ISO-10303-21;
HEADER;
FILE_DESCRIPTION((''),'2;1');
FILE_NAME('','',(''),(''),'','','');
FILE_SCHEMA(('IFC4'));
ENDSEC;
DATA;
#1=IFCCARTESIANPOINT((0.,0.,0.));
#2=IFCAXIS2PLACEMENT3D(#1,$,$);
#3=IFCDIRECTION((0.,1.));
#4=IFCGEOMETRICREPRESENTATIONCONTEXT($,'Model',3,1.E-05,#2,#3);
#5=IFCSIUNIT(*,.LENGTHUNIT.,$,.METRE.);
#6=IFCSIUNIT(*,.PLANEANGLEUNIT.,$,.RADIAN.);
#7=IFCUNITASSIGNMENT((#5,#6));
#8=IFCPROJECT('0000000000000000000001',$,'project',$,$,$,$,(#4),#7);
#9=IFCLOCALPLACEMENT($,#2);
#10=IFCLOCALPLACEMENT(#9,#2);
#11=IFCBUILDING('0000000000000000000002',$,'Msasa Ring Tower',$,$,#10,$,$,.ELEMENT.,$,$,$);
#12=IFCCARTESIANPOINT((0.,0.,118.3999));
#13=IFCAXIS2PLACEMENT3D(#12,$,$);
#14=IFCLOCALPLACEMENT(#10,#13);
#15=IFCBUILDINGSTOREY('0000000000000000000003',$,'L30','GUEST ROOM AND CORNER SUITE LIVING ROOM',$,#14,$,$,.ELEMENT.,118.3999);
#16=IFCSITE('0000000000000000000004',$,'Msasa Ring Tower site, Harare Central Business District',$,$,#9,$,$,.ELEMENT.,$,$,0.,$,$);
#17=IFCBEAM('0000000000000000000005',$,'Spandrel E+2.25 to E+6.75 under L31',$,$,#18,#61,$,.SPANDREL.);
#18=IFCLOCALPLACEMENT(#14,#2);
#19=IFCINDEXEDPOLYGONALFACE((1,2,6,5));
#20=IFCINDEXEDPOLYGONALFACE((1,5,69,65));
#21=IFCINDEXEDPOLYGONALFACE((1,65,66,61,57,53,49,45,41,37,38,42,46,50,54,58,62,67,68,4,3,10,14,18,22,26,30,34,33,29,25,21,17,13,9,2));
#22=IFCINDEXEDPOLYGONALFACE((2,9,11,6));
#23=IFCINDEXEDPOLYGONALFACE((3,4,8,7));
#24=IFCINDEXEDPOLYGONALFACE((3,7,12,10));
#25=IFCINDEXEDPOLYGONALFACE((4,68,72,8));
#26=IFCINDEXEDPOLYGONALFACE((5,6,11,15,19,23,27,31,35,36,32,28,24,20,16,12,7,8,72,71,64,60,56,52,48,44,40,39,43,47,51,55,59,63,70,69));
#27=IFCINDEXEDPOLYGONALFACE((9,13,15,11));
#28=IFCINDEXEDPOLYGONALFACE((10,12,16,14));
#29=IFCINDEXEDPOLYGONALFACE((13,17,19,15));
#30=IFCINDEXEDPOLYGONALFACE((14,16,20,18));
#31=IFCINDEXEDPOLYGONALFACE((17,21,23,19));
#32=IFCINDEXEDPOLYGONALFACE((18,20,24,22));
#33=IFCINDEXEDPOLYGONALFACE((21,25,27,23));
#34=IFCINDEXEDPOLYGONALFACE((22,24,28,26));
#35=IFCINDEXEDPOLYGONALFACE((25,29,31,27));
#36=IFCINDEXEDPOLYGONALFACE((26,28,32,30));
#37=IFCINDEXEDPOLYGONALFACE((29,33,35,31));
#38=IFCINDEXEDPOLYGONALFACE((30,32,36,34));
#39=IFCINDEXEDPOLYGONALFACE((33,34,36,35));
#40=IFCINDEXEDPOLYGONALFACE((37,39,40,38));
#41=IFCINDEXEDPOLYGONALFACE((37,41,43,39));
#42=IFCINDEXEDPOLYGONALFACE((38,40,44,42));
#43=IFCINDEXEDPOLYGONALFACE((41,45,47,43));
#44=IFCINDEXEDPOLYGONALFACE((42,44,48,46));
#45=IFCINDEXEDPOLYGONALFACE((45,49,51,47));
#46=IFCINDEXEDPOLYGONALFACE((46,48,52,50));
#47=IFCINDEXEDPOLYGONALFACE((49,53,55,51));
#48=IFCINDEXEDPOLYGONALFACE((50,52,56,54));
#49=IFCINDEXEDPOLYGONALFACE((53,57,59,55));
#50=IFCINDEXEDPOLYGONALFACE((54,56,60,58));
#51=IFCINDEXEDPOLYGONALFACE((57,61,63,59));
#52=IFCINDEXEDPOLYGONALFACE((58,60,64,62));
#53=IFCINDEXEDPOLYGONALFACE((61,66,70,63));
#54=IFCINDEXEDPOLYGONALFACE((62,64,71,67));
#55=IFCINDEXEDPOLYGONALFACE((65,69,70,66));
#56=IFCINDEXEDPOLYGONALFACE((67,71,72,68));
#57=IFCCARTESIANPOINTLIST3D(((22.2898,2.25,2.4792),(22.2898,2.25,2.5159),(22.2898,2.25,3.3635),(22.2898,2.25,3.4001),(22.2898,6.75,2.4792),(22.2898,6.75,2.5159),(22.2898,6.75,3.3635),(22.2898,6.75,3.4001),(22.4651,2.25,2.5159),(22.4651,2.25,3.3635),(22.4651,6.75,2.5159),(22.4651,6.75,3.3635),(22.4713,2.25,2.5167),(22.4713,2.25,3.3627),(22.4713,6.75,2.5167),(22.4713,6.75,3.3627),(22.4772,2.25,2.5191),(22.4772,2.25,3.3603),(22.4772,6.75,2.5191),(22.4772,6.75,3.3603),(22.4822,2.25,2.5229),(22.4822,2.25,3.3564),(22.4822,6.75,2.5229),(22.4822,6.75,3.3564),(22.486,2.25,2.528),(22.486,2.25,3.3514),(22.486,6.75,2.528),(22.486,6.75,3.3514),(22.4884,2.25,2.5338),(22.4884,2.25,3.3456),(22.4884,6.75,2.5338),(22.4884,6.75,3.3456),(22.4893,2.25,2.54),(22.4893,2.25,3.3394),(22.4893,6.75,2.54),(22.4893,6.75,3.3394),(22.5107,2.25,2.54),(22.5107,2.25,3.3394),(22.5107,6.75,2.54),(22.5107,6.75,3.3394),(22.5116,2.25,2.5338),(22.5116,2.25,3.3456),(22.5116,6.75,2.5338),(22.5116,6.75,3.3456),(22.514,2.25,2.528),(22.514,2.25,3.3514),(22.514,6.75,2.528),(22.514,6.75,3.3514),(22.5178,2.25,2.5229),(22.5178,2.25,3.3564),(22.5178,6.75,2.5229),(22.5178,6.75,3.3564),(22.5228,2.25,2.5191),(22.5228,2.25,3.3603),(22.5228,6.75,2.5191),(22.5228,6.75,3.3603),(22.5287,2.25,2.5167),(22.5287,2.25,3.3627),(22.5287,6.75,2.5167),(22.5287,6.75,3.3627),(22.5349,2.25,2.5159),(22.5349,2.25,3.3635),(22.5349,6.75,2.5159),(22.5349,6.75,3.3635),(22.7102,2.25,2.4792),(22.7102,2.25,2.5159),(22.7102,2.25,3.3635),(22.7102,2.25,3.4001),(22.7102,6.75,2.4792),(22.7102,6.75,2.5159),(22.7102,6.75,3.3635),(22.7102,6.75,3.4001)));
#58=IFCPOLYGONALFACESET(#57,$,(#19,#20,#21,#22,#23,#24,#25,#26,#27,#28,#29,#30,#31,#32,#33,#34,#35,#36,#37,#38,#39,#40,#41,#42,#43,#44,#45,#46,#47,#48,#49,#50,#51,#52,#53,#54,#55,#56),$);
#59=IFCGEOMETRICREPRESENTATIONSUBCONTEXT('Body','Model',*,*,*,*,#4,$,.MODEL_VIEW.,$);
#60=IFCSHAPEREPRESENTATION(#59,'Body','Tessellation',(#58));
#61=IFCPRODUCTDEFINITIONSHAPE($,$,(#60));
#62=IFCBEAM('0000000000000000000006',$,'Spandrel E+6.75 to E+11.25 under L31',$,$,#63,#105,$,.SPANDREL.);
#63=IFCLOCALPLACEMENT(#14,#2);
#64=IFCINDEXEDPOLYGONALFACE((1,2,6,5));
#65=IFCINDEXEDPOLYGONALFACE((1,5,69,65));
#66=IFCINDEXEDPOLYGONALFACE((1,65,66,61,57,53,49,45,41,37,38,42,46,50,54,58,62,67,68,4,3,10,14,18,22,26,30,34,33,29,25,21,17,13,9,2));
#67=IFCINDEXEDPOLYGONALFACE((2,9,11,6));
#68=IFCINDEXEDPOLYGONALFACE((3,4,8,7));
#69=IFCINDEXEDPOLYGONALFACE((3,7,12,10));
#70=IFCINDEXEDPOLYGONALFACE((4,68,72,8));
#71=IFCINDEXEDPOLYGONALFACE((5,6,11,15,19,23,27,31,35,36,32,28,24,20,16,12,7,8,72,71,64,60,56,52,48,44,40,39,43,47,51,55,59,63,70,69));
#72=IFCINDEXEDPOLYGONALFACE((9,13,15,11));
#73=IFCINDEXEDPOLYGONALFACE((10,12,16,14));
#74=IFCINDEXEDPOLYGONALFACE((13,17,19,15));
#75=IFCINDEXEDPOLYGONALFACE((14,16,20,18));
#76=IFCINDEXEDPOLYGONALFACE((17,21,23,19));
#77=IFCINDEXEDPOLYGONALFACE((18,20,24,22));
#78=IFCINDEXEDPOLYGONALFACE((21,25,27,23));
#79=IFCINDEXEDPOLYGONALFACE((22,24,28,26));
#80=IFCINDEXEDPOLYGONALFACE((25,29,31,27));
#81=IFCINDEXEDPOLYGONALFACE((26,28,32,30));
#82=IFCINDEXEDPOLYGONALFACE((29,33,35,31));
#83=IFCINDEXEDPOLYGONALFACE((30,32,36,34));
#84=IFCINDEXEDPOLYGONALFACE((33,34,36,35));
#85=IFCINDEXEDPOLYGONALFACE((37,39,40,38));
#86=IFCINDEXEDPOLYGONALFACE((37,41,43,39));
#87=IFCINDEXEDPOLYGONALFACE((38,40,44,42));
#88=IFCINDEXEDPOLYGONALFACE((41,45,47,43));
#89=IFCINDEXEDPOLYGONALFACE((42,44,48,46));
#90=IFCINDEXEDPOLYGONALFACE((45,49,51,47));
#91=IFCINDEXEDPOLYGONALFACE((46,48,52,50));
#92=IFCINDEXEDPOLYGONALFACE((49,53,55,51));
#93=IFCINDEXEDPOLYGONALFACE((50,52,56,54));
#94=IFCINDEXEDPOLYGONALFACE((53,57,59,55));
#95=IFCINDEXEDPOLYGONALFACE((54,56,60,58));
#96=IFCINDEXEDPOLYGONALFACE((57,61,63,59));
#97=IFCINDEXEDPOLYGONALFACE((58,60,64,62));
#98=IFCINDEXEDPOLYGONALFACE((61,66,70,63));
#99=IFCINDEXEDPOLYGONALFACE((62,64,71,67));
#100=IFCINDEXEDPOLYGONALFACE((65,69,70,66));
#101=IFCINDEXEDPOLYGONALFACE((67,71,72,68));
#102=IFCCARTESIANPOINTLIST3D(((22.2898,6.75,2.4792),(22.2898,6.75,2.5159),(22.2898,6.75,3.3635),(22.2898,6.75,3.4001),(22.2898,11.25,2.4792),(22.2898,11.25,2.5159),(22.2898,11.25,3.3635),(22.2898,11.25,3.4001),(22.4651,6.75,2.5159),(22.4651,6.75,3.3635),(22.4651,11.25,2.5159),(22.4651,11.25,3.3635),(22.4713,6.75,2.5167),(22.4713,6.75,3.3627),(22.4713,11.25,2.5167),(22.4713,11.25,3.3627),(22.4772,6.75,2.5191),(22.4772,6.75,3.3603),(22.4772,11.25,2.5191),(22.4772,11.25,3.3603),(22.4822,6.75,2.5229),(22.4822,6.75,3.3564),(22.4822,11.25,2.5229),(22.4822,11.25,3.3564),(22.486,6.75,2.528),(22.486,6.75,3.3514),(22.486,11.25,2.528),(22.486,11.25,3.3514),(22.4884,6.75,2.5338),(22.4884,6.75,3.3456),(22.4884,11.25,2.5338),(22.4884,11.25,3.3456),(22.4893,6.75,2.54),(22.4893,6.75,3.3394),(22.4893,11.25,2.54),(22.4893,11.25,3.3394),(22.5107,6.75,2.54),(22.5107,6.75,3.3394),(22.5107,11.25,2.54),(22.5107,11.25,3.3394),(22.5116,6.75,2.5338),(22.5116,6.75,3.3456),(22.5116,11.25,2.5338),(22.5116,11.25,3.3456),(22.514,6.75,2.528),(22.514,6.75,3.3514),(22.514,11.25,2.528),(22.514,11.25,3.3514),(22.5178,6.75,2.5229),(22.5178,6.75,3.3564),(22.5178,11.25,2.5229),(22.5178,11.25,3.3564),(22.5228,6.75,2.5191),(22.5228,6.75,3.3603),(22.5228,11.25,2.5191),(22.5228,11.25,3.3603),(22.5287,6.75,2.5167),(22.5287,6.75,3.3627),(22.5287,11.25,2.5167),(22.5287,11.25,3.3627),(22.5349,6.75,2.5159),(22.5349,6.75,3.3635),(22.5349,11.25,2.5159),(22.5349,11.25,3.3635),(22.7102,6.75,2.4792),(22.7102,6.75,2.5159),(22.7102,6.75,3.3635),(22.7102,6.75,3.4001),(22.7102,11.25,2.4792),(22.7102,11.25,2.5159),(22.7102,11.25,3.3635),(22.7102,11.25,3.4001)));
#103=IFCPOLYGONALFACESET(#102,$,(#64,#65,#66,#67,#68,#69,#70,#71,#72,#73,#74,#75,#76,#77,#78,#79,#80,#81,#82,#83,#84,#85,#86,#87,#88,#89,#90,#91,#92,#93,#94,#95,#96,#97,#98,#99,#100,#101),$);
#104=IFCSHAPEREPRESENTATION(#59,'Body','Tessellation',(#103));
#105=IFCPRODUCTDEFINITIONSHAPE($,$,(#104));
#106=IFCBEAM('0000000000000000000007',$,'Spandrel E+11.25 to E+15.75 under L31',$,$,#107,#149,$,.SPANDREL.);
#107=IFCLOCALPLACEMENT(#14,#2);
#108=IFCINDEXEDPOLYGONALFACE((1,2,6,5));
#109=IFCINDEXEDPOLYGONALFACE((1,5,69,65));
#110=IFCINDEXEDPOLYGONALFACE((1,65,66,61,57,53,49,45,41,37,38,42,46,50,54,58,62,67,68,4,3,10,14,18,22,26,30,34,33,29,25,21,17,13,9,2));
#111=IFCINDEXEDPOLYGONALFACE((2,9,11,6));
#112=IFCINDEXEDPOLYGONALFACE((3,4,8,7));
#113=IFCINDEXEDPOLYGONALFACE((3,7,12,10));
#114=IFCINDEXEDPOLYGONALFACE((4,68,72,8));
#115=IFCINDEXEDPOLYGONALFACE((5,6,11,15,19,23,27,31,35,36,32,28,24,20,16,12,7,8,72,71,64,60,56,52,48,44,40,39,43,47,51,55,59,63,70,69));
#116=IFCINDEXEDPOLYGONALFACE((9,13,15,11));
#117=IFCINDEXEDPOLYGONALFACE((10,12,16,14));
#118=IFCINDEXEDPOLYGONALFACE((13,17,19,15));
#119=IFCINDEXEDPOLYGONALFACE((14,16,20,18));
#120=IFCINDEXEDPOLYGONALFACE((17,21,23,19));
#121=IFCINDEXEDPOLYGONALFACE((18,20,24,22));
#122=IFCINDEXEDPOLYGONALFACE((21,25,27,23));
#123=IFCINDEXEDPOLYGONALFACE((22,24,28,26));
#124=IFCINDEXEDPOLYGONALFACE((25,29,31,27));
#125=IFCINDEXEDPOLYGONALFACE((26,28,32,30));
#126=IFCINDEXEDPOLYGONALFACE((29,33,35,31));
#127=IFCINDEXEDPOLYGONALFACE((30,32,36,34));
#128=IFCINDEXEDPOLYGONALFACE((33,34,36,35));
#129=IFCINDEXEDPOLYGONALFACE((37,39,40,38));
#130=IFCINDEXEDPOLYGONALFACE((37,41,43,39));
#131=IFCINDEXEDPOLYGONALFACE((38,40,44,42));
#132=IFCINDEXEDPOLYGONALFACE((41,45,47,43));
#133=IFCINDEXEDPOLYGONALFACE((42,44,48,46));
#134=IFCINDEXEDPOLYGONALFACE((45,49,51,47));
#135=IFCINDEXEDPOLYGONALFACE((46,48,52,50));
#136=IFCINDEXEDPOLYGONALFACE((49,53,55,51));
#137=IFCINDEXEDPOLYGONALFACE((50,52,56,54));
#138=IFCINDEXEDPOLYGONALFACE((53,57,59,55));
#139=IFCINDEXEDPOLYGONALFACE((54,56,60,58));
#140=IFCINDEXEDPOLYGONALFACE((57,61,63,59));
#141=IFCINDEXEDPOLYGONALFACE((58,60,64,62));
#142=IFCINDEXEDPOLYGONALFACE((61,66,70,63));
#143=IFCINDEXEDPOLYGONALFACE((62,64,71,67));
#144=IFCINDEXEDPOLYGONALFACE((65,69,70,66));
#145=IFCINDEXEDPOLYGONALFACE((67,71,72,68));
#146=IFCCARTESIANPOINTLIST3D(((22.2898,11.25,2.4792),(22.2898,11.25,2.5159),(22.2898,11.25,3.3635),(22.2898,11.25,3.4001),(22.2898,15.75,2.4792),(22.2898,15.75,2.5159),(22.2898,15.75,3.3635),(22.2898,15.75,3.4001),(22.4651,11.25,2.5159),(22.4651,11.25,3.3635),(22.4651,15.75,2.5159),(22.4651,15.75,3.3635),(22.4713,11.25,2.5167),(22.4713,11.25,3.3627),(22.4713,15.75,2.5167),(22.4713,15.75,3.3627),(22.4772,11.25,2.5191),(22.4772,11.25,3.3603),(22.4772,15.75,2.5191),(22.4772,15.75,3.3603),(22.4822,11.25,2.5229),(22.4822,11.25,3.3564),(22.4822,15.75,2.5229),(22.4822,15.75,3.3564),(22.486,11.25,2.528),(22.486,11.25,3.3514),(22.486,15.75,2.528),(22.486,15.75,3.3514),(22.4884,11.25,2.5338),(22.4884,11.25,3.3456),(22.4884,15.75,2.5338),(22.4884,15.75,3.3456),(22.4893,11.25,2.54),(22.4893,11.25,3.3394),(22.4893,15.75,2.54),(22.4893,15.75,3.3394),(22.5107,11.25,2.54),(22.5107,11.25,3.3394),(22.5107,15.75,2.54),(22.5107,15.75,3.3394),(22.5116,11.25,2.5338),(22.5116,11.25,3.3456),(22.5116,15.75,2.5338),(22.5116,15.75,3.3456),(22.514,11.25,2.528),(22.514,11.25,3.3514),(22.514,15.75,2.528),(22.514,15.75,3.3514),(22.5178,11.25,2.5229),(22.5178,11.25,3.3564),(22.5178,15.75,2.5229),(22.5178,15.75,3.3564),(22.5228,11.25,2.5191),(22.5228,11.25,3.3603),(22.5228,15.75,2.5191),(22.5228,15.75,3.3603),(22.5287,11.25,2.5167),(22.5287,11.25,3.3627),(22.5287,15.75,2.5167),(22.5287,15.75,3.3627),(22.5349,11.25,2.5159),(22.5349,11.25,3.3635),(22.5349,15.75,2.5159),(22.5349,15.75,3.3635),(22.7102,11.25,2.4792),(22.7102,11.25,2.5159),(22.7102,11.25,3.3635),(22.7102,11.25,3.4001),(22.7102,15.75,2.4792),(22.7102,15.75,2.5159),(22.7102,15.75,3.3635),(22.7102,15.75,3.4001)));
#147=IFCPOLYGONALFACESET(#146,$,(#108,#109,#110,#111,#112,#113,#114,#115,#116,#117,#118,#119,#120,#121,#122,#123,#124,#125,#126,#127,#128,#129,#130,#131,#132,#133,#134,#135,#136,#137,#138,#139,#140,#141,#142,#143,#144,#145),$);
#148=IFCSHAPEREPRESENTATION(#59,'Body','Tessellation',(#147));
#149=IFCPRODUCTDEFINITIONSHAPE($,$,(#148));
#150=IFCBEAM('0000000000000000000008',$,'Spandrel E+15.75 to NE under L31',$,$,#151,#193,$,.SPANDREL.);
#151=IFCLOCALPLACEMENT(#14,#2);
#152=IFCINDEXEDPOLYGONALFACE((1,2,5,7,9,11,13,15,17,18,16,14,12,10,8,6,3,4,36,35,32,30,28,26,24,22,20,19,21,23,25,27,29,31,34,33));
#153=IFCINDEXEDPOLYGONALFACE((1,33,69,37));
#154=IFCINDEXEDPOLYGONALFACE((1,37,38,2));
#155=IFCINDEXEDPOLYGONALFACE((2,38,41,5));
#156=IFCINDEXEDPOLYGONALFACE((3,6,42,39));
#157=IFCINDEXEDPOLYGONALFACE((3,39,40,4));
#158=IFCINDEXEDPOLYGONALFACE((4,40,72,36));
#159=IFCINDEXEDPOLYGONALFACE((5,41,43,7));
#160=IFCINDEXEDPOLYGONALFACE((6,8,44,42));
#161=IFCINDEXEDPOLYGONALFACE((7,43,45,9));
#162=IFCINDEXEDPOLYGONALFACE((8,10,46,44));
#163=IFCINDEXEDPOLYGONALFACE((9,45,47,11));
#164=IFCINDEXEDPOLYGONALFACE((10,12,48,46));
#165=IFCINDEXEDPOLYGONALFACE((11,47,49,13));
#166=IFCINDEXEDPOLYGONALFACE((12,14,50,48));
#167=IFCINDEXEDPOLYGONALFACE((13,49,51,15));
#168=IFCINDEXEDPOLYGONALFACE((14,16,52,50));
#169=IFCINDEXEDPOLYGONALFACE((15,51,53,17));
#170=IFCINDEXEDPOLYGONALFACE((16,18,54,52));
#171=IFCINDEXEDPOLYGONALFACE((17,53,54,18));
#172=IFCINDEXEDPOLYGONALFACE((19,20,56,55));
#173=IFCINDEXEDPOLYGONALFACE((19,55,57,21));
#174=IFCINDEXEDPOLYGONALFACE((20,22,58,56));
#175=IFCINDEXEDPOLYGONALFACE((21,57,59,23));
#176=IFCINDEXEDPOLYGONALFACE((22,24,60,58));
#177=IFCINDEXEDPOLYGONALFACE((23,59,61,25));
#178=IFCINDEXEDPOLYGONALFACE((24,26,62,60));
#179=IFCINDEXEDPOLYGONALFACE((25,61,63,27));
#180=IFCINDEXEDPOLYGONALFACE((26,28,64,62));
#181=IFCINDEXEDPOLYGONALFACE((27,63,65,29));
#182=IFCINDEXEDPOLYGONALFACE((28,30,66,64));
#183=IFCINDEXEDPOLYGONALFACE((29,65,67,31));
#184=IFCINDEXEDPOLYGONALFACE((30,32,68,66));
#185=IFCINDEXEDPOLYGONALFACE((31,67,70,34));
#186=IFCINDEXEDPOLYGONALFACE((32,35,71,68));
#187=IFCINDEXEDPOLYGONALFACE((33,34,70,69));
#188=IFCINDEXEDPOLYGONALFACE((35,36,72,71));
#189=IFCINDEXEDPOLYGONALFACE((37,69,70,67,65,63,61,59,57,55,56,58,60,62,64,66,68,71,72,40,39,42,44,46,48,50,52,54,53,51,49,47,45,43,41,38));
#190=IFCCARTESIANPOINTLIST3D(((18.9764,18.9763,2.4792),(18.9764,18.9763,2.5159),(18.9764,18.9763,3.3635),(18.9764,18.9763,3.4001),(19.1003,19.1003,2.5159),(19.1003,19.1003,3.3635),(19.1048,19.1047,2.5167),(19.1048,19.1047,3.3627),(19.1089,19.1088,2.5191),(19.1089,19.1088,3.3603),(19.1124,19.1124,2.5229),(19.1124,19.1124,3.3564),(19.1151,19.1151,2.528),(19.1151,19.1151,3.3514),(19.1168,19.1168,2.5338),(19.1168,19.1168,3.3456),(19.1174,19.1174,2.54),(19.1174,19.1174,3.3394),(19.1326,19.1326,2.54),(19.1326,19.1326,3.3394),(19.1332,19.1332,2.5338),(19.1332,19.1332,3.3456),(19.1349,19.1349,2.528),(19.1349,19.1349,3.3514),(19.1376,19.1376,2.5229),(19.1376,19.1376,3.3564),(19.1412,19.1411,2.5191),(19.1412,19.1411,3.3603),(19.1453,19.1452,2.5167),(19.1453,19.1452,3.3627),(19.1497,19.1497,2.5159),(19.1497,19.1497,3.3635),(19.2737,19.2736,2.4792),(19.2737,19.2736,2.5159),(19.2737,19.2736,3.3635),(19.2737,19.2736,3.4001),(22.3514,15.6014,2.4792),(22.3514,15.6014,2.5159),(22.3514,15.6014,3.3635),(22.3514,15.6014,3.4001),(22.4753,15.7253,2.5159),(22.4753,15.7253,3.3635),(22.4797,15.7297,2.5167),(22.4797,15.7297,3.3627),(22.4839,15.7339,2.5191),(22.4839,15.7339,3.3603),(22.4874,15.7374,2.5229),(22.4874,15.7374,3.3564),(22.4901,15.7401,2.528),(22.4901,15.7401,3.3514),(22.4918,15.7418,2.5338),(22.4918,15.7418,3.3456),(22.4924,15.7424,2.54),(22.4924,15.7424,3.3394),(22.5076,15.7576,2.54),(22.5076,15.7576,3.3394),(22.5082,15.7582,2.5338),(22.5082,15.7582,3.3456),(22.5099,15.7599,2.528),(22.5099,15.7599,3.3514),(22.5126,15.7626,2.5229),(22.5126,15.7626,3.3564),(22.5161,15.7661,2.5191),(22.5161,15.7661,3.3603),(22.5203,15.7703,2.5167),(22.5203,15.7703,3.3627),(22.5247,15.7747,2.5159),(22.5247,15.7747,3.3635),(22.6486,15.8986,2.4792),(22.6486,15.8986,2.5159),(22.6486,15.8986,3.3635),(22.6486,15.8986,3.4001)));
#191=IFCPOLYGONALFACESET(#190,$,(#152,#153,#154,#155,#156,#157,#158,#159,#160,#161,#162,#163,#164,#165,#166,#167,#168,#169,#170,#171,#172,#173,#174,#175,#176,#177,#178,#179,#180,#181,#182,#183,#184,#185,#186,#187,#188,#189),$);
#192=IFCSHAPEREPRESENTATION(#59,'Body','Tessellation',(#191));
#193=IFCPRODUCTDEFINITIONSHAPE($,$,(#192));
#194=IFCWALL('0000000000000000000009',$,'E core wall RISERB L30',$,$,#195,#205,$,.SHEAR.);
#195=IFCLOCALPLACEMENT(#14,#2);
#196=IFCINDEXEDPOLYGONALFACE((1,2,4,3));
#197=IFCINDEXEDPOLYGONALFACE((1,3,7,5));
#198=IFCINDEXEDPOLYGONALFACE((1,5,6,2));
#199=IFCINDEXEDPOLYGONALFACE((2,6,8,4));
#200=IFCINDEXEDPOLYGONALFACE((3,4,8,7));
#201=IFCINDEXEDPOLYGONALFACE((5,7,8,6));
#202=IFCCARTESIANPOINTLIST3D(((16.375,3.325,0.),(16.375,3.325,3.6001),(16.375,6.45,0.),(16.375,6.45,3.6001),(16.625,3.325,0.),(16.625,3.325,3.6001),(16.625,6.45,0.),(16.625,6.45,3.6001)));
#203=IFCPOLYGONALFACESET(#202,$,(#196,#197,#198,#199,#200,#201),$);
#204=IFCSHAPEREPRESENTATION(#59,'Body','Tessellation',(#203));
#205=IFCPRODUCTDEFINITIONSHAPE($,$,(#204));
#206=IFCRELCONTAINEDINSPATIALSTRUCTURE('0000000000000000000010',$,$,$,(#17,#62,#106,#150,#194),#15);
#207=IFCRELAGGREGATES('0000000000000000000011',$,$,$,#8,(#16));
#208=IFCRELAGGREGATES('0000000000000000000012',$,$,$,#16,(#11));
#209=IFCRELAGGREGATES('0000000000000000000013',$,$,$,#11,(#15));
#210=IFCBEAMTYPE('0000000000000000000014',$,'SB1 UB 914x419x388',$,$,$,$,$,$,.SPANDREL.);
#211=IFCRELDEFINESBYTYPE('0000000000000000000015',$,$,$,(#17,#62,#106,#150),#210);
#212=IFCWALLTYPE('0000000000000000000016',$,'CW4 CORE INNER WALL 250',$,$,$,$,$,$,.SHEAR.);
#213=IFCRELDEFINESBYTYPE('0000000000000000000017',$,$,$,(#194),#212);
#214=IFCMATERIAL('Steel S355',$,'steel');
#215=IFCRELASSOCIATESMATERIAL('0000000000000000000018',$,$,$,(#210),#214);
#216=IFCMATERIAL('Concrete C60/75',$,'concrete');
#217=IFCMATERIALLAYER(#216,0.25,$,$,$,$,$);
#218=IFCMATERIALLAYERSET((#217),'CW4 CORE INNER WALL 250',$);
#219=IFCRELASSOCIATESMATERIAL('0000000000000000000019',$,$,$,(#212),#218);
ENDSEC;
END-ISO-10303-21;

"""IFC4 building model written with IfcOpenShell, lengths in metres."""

from ifc_helpers import new_model, si_unit, direction, frame, frame_2d, origin, origin_2d, place, context, subcontext, project, spatial, rectangle, i_section, extrude, material, layer, layer_set, material_profile, profile_set, type_object, element, save


model = new_model("IFC4")

# Units and contexts
model_context = context("Model", 3, precision=1e-05, world=origin(), true_north=direction((0.0, 1.0)))
body_context = subcontext(model_context, "Body", "Model", "MODEL_VIEW")
ifc_project = project(units=[si_unit("LENGTHUNIT", "METRE"), si_unit("PLANEANGLEUNIT", "RADIAN")], contexts=[model_context])

# Site, building, storey
site_placement = place(None, origin())
site = spatial("IfcSite", under=ifc_project, at=site_placement, Name="Msasa Ring Tower site, Harare Central Business District", CompositionType="ELEMENT", RefElevation=0.0)
building_placement = place(site_placement, origin())
building = spatial("IfcBuilding", under=site, at=building_placement, Name="Msasa Ring Tower", CompositionType="ELEMENT")
storey_placement = place(building_placement, frame((0.0, 0.0, 118.3999)))
storey = spatial("IfcBuildingStorey", under=building, at=storey_placement, Name="L30", Description="GUEST ROOM AND CORNER SUITE LIVING ROOM", CompositionType="ELEMENT", Elevation=118.3999)

# Beams
ifc_material_1 = material(Name="Steel S355", Category="steel")
ifc_material_profile_1 = material_profile(ifc_material_1, i_section(OverallWidth=0.4204, OverallDepth=0.9209, WebThickness=0.0215, FlangeThickness=0.0366, FilletRadius=0.0242, at=origin_2d()), Name="UB 914x419x388")
ifc_profile_set_1 = profile_set([ifc_material_profile_1], Name="Steel S355")
beam_type_1 = type_object("IfcBeamType", Name="SB1 UB 914x419x388", PredefinedType="SPANDREL", material=ifc_profile_set_1)
for number, where, z_axis, x_axis, name in (
    (1, (22.5, 2.25, 2.9397), (0.0, 1.0, 0.0), (-1.0, 0.0, 0.0), "Spandrel E+2.25 to E+6.75 under L31"),
    (2, (22.5, 6.75, 2.9397), (0.0, 1.0, 0.0), (-1.0, 0.0, 0.0), "Spandrel E+6.75 to E+11.25 under L31"),
    (3, (22.5, 11.25, 2.9397), (0.0, 1.0, 0.0), (-1.0, 0.0, 0.0), "Spandrel E+11.25 to E+15.75 under L31"),
):
    element("IfcBeam", number, at=place(storey_placement, frame(where, z_axis=z_axis, x_axis=x_axis)), inside=storey, type_object=beam_type_1, Name=name, PredefinedType="SPANDREL", context=body_context, shape_type="SweptSolid", body=[
        extrude(i_section(OverallWidth=0.4204, OverallDepth=0.9209, WebThickness=0.0215, FlangeThickness=0.0366, FilletRadius=0.0242, at=origin_2d()), origin(), (0.0, 0.0, 1.0), 4.5),
    ])
beam_1_placement = place(storey_placement, frame((22.5, 15.75, 2.9397), z_axis=(-0.707107, 0.707107, 0.0), x_axis=(-0.707107, -0.707107, 0.0)))
element("IfcBeam", 4, at=beam_1_placement, inside=storey, type_object=beam_type_1, Name="Spandrel E+15.75 to NE under L31", PredefinedType="SPANDREL", context=body_context, shape_type="SweptSolid", body=[
    extrude(i_section(OverallWidth=0.4204, OverallDepth=0.9209, WebThickness=0.0215, FlangeThickness=0.0366, FilletRadius=0.0242, at=origin_2d()), origin(), (0.0, 0.0, 1.0), 4.7729),
])

# Wall
ifc_material_2 = material(Name="Concrete C60/75", Category="concrete")
ifc_layer_1 = layer(ifc_material_2, 0.25)
ifc_layer_set_1 = layer_set([ifc_layer_1], Name="CW4 CORE INNER WALL 250")
wall_type_1 = type_object("IfcWallType", Name="CW4 CORE INNER WALL 250", PredefinedType="SHEAR", material=ifc_layer_set_1)
wall_1_placement = place(storey_placement, frame((16.5, 3.325, 0.0), z_axis=(0.0, 0.0, 1.0), x_axis=(0.0, 1.0, 0.0)))
element("IfcWall", 5, at=wall_1_placement, inside=storey, type_object=wall_type_1, Name="E core wall RISERB L30", PredefinedType="SHEAR", context=body_context, shape_type="SweptSolid", body=[
    extrude(rectangle(XDim=3.125, YDim=0.25, at=frame_2d((1.5625, 0.0))), origin(), (0.0, 0.0, 1.0), 3.6001),
])

save(model, "model.ifc")
